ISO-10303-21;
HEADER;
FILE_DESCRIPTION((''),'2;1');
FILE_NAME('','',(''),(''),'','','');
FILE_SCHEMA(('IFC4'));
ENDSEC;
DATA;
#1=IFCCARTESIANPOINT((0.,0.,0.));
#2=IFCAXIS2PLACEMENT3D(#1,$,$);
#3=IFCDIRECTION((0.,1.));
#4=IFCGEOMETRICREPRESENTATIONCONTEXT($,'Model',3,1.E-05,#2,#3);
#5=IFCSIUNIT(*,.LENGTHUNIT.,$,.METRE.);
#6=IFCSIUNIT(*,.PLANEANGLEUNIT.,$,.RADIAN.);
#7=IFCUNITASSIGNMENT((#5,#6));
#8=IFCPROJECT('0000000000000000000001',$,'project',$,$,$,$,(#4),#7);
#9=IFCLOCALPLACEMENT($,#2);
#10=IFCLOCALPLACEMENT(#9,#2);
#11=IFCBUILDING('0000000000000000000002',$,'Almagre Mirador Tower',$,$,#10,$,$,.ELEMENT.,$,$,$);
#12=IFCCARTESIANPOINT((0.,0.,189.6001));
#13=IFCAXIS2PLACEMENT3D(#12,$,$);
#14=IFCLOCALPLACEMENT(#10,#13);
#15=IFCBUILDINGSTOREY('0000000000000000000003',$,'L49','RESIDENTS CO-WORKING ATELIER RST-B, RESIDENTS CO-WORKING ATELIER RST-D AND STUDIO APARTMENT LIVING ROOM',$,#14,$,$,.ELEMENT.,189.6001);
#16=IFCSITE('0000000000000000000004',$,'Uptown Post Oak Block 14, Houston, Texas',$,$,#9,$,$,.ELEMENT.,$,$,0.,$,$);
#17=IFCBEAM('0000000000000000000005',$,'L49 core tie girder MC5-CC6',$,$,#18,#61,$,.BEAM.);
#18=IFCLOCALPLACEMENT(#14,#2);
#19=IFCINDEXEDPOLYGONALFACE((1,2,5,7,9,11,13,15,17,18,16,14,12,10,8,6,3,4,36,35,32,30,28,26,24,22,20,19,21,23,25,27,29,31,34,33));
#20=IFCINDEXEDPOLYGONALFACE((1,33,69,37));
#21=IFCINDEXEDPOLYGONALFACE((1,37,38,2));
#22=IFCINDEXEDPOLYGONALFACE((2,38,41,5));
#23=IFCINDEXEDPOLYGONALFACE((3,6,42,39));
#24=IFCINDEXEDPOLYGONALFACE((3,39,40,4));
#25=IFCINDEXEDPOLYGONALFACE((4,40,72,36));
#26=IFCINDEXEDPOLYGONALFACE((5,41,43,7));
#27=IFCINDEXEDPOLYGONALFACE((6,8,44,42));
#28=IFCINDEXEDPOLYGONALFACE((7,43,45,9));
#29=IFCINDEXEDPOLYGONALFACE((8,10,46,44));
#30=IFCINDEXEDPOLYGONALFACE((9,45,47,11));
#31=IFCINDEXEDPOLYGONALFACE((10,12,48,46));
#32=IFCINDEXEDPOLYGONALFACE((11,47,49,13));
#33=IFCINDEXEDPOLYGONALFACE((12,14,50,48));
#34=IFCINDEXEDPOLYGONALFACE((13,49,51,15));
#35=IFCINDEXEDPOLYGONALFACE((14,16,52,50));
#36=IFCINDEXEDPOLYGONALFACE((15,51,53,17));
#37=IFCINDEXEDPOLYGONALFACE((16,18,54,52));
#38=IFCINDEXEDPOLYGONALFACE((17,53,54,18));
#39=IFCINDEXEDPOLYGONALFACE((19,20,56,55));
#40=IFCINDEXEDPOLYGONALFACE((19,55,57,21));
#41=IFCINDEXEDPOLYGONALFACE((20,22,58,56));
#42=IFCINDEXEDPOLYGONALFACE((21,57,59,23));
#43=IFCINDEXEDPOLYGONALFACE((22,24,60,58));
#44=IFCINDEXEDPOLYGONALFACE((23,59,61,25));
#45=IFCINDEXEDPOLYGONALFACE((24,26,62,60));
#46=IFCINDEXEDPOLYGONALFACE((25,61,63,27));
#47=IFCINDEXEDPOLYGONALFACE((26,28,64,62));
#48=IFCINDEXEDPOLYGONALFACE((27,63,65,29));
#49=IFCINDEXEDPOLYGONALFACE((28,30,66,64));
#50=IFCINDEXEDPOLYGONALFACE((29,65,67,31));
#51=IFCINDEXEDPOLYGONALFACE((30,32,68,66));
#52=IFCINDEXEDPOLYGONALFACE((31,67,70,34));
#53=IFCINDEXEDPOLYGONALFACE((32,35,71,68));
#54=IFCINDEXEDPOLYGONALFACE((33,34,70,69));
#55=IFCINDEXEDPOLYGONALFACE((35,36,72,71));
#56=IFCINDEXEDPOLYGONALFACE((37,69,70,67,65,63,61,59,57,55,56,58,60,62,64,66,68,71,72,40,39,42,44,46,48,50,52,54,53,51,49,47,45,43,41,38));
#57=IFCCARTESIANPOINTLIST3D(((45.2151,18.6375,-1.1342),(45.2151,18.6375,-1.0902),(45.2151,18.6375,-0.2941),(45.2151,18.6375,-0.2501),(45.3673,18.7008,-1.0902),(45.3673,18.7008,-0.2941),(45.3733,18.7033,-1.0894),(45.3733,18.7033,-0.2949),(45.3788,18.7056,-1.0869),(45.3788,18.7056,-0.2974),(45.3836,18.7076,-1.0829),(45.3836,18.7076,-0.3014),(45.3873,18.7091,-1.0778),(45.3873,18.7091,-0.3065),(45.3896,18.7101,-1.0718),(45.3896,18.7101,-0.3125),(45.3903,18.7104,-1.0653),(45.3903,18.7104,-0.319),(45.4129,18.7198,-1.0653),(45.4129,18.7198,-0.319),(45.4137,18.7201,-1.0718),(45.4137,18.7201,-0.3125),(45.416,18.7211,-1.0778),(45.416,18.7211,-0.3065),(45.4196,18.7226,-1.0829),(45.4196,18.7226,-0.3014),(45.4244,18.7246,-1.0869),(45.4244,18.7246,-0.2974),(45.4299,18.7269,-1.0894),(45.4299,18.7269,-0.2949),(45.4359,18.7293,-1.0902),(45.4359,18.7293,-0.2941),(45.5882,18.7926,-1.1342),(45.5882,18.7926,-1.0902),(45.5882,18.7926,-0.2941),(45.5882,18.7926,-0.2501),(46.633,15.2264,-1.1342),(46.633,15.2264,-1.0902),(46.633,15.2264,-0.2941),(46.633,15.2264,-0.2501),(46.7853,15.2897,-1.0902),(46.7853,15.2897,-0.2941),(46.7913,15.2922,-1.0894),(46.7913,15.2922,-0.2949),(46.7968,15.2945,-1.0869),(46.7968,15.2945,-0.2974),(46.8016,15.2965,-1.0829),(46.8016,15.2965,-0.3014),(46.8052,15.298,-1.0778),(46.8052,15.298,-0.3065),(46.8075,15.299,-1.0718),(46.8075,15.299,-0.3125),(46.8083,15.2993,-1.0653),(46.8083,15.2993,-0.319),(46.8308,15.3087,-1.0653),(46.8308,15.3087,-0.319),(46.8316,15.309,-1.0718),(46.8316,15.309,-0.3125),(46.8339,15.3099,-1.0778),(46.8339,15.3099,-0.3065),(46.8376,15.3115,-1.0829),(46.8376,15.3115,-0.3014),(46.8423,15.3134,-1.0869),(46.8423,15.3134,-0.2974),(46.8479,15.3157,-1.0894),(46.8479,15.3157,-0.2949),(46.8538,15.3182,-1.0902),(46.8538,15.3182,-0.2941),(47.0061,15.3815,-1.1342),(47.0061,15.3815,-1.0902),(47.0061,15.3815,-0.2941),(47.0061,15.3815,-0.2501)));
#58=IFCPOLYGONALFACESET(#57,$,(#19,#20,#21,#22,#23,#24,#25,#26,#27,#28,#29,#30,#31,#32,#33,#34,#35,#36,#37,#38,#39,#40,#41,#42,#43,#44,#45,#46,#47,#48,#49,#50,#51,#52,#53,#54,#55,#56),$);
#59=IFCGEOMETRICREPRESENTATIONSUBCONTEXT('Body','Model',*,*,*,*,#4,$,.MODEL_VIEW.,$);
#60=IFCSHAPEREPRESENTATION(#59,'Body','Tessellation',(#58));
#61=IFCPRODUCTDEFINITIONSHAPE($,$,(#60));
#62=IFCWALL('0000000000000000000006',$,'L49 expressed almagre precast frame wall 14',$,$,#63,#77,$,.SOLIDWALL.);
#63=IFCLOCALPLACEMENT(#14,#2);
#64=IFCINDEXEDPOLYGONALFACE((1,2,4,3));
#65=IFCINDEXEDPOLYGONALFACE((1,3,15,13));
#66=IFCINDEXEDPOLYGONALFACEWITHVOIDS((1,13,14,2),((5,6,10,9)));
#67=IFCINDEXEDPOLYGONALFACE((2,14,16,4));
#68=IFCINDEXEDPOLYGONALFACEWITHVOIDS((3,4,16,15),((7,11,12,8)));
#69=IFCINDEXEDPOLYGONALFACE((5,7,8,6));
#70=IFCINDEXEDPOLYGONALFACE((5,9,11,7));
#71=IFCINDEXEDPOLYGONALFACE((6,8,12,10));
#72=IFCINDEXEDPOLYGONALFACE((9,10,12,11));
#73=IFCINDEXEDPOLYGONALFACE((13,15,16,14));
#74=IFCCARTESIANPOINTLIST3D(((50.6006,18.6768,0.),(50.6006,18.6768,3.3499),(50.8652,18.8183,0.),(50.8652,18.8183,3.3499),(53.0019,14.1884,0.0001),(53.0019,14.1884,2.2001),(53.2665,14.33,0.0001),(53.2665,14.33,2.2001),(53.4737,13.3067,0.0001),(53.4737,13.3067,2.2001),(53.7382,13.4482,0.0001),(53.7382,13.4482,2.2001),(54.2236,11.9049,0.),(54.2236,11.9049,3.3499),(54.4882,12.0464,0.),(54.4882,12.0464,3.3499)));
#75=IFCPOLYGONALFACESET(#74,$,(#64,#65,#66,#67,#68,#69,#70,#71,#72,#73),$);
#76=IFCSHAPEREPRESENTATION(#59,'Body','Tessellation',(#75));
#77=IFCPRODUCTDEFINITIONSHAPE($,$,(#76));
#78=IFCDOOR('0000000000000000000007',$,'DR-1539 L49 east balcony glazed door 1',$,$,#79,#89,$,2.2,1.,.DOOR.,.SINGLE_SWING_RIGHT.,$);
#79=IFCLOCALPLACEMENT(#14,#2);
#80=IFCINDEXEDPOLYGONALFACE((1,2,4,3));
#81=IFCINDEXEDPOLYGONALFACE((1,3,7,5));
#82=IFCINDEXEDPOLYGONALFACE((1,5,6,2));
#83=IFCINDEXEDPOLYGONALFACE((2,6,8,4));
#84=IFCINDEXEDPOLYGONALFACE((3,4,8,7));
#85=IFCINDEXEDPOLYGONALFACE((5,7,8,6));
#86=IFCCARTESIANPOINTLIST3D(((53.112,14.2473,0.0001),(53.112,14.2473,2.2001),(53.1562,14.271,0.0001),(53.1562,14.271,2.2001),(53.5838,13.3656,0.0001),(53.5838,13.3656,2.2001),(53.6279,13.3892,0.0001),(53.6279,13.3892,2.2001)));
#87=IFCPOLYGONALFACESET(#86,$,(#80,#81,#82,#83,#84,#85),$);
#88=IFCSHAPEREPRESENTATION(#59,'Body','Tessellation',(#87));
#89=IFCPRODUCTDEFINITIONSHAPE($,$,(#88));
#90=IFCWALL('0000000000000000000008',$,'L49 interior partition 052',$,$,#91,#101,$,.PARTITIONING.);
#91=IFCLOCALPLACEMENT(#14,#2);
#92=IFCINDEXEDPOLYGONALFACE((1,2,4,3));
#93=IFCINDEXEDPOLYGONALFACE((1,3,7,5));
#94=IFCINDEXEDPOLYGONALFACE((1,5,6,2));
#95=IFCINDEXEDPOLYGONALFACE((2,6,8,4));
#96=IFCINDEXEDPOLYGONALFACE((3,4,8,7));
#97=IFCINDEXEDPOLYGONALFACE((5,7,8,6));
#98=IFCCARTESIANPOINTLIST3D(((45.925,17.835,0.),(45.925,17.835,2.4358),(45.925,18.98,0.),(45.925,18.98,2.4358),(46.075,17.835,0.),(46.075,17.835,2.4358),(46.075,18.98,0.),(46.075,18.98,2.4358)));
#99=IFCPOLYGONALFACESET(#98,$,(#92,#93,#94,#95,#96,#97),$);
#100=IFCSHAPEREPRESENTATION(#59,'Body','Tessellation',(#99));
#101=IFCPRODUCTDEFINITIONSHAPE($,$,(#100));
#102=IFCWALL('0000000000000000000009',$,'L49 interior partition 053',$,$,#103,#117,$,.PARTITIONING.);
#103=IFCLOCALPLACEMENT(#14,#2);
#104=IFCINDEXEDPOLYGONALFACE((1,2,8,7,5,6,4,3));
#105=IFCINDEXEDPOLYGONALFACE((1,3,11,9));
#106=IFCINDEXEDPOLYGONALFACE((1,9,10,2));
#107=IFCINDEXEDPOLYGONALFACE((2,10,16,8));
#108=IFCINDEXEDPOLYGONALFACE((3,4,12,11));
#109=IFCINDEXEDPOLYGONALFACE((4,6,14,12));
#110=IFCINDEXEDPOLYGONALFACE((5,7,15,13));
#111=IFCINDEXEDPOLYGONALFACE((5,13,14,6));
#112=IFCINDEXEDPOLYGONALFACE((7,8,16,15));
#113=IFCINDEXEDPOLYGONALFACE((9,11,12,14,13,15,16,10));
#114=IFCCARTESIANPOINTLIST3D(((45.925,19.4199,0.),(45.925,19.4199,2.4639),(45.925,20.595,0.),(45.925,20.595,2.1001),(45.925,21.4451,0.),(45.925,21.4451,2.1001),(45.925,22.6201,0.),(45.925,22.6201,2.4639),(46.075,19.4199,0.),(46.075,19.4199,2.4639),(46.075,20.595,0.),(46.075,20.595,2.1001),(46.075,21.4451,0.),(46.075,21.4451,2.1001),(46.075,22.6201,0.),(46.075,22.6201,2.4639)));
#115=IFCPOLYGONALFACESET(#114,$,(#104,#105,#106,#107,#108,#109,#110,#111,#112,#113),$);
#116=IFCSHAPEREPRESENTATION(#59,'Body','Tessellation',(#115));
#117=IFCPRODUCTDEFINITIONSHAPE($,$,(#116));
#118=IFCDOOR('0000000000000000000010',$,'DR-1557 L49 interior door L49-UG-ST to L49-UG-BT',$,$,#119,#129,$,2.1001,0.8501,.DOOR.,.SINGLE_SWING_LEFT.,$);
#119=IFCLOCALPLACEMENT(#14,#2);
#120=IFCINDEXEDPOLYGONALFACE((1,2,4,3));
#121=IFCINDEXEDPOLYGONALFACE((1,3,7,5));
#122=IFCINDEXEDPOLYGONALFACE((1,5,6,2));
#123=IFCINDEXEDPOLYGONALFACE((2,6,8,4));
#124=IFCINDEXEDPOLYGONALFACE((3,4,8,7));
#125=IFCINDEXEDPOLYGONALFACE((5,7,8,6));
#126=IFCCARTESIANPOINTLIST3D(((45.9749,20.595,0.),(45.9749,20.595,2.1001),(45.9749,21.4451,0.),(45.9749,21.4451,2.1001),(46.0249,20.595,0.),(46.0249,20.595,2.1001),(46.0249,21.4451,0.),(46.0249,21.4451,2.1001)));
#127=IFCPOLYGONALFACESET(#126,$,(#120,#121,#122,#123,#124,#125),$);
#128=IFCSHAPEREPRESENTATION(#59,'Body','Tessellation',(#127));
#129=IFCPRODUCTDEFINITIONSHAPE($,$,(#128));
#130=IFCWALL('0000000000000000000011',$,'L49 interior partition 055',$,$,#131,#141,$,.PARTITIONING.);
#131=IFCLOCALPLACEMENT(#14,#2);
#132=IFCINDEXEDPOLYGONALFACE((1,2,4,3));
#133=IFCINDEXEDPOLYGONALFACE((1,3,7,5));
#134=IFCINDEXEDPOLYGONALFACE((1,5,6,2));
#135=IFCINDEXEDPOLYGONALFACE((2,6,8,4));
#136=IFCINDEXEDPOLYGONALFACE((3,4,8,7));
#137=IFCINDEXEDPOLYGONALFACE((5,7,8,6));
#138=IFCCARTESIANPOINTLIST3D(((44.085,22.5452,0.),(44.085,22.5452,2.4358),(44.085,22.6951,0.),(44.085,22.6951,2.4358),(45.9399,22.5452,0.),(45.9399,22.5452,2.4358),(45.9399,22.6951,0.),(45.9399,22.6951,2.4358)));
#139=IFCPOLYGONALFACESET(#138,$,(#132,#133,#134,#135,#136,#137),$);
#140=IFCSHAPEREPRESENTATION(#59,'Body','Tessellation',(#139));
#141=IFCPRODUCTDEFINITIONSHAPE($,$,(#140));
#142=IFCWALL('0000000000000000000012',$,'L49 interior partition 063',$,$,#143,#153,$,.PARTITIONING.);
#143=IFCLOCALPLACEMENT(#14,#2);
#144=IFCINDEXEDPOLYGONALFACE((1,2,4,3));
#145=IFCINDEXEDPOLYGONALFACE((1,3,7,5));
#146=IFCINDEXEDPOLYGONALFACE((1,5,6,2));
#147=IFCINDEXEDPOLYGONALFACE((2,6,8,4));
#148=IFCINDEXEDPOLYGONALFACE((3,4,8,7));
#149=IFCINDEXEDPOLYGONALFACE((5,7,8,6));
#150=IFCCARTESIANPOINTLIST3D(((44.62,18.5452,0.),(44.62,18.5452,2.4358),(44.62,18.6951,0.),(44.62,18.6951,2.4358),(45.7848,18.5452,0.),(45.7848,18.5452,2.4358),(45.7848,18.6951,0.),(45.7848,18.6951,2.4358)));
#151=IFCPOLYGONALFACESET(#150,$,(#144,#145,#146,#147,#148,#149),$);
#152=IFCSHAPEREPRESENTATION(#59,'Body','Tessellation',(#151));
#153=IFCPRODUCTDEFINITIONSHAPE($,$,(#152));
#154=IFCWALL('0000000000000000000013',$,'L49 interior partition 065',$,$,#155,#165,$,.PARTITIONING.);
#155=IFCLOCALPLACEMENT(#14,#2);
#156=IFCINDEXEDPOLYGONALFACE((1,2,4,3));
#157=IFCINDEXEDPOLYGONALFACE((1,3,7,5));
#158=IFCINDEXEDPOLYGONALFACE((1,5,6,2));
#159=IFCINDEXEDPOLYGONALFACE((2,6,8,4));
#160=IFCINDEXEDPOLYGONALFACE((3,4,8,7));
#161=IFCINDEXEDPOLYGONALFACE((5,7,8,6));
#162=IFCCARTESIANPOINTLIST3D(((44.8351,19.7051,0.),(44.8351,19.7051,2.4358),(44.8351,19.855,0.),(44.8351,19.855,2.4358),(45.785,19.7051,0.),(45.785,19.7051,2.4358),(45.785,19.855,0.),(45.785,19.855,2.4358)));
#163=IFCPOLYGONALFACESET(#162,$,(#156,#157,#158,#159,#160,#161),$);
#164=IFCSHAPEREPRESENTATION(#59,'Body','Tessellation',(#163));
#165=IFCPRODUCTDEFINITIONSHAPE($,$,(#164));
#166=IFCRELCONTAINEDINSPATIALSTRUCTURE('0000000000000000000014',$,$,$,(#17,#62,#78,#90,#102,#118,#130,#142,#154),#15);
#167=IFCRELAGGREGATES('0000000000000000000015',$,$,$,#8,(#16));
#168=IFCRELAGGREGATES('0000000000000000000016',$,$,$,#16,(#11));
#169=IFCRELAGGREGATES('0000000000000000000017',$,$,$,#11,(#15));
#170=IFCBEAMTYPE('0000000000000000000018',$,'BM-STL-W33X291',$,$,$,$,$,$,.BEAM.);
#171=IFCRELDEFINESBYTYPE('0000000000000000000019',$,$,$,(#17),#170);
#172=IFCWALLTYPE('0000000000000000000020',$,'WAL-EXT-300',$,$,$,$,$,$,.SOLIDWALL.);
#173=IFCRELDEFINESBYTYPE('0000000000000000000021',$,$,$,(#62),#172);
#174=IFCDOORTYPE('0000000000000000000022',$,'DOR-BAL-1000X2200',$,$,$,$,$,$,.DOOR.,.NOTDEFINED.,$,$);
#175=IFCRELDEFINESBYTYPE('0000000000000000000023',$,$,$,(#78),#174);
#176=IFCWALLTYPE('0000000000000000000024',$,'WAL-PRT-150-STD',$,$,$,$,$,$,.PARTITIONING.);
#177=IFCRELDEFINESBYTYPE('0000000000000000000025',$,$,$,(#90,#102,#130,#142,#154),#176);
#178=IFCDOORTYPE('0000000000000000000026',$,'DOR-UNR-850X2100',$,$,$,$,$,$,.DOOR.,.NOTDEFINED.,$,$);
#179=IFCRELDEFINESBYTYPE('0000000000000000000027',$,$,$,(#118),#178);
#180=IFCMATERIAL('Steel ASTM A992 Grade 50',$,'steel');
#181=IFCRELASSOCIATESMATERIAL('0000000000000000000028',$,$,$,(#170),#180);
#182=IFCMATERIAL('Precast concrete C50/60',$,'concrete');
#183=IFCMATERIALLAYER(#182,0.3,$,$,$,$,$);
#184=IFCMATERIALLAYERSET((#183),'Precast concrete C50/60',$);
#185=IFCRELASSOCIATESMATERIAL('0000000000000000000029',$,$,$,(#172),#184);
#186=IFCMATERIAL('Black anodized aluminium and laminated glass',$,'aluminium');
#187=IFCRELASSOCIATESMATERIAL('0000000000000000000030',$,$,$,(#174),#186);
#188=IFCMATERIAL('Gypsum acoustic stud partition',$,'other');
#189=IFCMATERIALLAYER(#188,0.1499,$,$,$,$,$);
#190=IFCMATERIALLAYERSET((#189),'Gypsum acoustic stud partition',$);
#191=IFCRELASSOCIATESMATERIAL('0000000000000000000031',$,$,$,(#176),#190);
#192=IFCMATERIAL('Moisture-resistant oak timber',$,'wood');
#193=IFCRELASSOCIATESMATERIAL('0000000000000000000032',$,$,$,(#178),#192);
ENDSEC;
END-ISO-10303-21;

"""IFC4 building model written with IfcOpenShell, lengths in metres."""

from ifc_helpers import new_model, si_unit, direction, frame, frame_2d, origin, origin_2d, place, context, subcontext, project, spatial, rectangle, i_section, extrude, material, layer, layer_set, material_profile, profile_set, type_object, element, fill, save


model = new_model("IFC4")

# Units and contexts
model_context = context("Model", 3, precision=1e-05, world=origin(), true_north=direction((0.0, 1.0)))
body_context = subcontext(model_context, "Body", "Model", "MODEL_VIEW")
ifc_project = project(units=[si_unit("LENGTHUNIT", "METRE"), si_unit("PLANEANGLEUNIT", "RADIAN")], contexts=[model_context])

# Site, building, storey
site_placement = place(None, origin())
site = spatial("IfcSite", under=ifc_project, at=site_placement, Name="Uptown Post Oak Block 14, Houston, Texas", CompositionType="ELEMENT", RefElevation=0.0)
building_placement = place(site_placement, origin())
building = spatial("IfcBuilding", under=site, at=building_placement, Name="Almagre Mirador Tower", CompositionType="ELEMENT")
storey_placement = place(building_placement, frame((0.0, 0.0, 189.6001)))
storey = spatial("IfcBuildingStorey", under=building, at=storey_placement, Name="L49", Description="RESIDENTS CO-WORKING ATELIER RST-B, RESIDENTS CO-WORKING ATELIER RST-D AND STUDIO APARTMENT LIVING ROOM", CompositionType="ELEMENT", Elevation=189.6001)

# Beam
ifc_material_1 = material(Name="Steel ASTM A992 Grade 50", Category="steel")
ifc_material_profile_1 = material_profile(ifc_material_1, i_section(OverallWidth=0.4041, OverallDepth=0.884, WebThickness=0.0244, FlangeThickness=0.0439, FilletRadius=0.0249, at=origin_2d()), Name="W33X291")
ifc_profile_set_1 = profile_set([ifc_material_profile_1], Name="Steel ASTM A992 Grade 50")
beam_type_1 = type_object("IfcBeamType", Name="BM-STL-W33X291", PredefinedType="BEAM", material=ifc_profile_set_1)
beam_1_placement = place(storey_placement, frame((45.4016, 18.7151, -0.6921), z_axis=(0.383846, -0.923397, 0.0), x_axis=(0.923397, 0.383846, 0.0)))
element("IfcBeam", 1, at=beam_1_placement, inside=storey, type_object=beam_type_1, Name="L49 core tie girder MC5-CC6", PredefinedType="BEAM", context=body_context, shape_type="SweptSolid", body=[
    extrude(i_section(OverallWidth=0.4041, OverallDepth=0.884, WebThickness=0.0244, FlangeThickness=0.0439, FilletRadius=0.0249, at=origin_2d()), origin(), (0.0, 0.0, 1.0), 3.6941),
])

# Wall, opening, door
ifc_material_2 = material(Name="Precast concrete C50/60", Category="concrete")
ifc_layer_1 = layer(ifc_material_2, 0.3)
ifc_layer_set_1 = layer_set([ifc_layer_1], Name="Precast concrete C50/60")
wall_type_1 = type_object("IfcWallType", Name="WAL-EXT-300", PredefinedType="SOLIDWALL", material=ifc_layer_set_1)
wall_1_placement = place(storey_placement, frame((50.7329, 18.7476, 0.0), z_axis=(0.0, 0.0, 1.0), x_axis=(0.471736, -0.88174, 0.0)))
wall_1 = element("IfcWall", 2, at=wall_1_placement, inside=storey, type_object=wall_type_1, Name="L49 expressed almagre precast frame wall 14", PredefinedType="SOLIDWALL", context=body_context, shape_type="SweptSolid", body=[
    extrude(rectangle(XDim=7.6802, YDim=0.3, at=frame_2d((3.8401, 0.0))), origin(), (0.0, 0.0, 1.0), 3.3499),
])
opening_1_placement = place(wall_1_placement, frame((5.0903, 0.0, 0.0)))
opening_1 = element("IfcOpeningElement", 3, at=opening_1_placement, cuts=wall_1, PredefinedType="OPENING", context=body_context, shape_type="SweptSolid", body=[
    extrude(rectangle(XDim=1.0, YDim=2.2, at=frame_2d((0.5, 1.1001))), frame((0.0, 0.1599, 0.0), z_axis=(0.0, -1.0, 0.0), x_axis=(1.0, 0.0, 0.0)), (0.0, 0.0, 1.0), 0.32),
])
ifc_material_3 = material(Name="Black anodized aluminium and laminated glass", Category="aluminium")
door_type_1 = type_object("IfcDoorType", Name="DOR-BAL-1000X2200", OperationType="NOTDEFINED", PredefinedType="DOOR", material=ifc_material_3)
door_1_placement = place(opening_1_placement, origin())
door_1 = element("IfcDoor", 4, at=door_1_placement, inside=storey, type_object=door_type_1, Name="DR-1539 L49 east balcony glazed door 1", OperationType="SINGLE_SWING_RIGHT", OverallHeight=2.2, OverallWidth=1.0, PredefinedType="DOOR", context=body_context, shape_type="SweptSolid", body=[
    extrude(rectangle(XDim=1.0, YDim=2.2, at=frame_2d((0.5, 1.1001))), frame((0.0, 0.0249, 0.0), z_axis=(0.0, -1.0, 0.0), x_axis=(1.0, 0.0, 0.0)), (0.0, 0.0, 1.0), 0.05),
])
fill(opening_1, door_1)

# Wall
ifc_material_4 = material(Name="Gypsum acoustic stud partition", Category="other")
ifc_layer_2 = layer(ifc_material_4, 0.1499)
ifc_layer_set_2 = layer_set([ifc_layer_2], Name="Gypsum acoustic stud partition")
wall_type_2 = type_object("IfcWallType", Name="WAL-PRT-150-STD", PredefinedType="PARTITIONING", material=ifc_layer_set_2)
wall_2_placement = place(storey_placement, frame((46.0, 18.98, 0.0), z_axis=(0.0, 0.0, 1.0), x_axis=(0.0, -1.0, 0.0)))
element("IfcWall", 5, at=wall_2_placement, inside=storey, type_object=wall_type_2, Name="L49 interior partition 052", PredefinedType="PARTITIONING", context=body_context, shape_type="SweptSolid", body=[
    extrude(rectangle(XDim=1.145, YDim=0.1499, at=frame_2d((0.5725, 0.0))), origin(), (0.0, 0.0, 1.0), 2.4358),
])

# Wall, opening, door
wall_3_placement = place(storey_placement, frame((46.0, 22.6201, 0.0), z_axis=(0.0, 0.0, 1.0), x_axis=(0.0, -1.0, 0.0)))
wall_3 = element("IfcWall", 6, at=wall_3_placement, inside=storey, type_object=wall_type_2, Name="L49 interior partition 053", PredefinedType="PARTITIONING", context=body_context, shape_type="SweptSolid", body=[
    extrude(rectangle(XDim=3.2002, YDim=0.1499, at=frame_2d((1.6001, 0.0))), origin(), (0.0, 0.0, 1.0), 2.4639),
])
opening_2_placement = place(wall_3_placement, frame((1.175, 0.0, 0.0)))
opening_2 = element("IfcOpeningElement", 7, at=opening_2_placement, cuts=wall_3, PredefinedType="OPENING", context=body_context, shape_type="SweptSolid", body=[
    extrude(rectangle(XDim=0.8501, YDim=2.1001, at=frame_2d((0.425, 1.05))), frame((0.0, 0.085, 0.0), z_axis=(0.0, -1.0, 0.0), x_axis=(1.0, 0.0, 0.0)), (0.0, 0.0, 1.0), 0.1699),
])
ifc_material_5 = material(Name="Moisture-resistant oak timber", Category="wood")
door_type_2 = type_object("IfcDoorType", Name="DOR-UNR-850X2100", OperationType="NOTDEFINED", PredefinedType="DOOR", material=ifc_material_5)
door_2_placement = place(opening_2_placement, origin())
door_2 = element("IfcDoor", 8, at=door_2_placement, inside=storey, type_object=door_type_2, Name="DR-1557 L49 interior door L49-UG-ST to L49-UG-BT", OperationType="SINGLE_SWING_LEFT", OverallHeight=2.1001, OverallWidth=0.8501, PredefinedType="DOOR", context=body_context, shape_type="SweptSolid", body=[
    extrude(rectangle(XDim=0.8501, YDim=2.1001, at=frame_2d((0.425, 1.05))), frame((0.0, 0.0249, 0.0), z_axis=(0.0, -1.0, 0.0), x_axis=(1.0, 0.0, 0.0)), (0.0, 0.0, 1.0), 0.05),
])
fill(opening_2, door_2)

# Walls
wall_4_placement = place(storey_placement, frame((45.9399, 22.6201, 0.0), z_axis=(0.0, 0.0, 1.0), x_axis=(-1.0, 0.0, 0.0)))
element("IfcWall", 9, at=wall_4_placement, inside=storey, type_object=wall_type_2, Name="L49 interior partition 055", PredefinedType="PARTITIONING", context=body_context, shape_type="SweptSolid", body=[
    extrude(rectangle(XDim=1.855, YDim=0.1499, at=frame_2d((0.9275, 0.0))), origin(), (0.0, 0.0, 1.0), 2.4358),
])
wall_5_placement = place(storey_placement, frame((45.7849, 18.6201, 0.0), z_axis=(0.0, 0.0, 1.0), x_axis=(-1.0, 0.0, 0.0)))
element("IfcWall", 10, at=wall_5_placement, inside=storey, type_object=wall_type_2, Name="L49 interior partition 063", PredefinedType="PARTITIONING", context=body_context, shape_type="SweptSolid", body=[
    extrude(rectangle(XDim=1.1648, YDim=0.1499, at=frame_2d((0.5825, 0.0))), origin(), (0.0, 0.0, 1.0), 2.4358),
])
wall_6_placement = place(storey_placement, frame((44.835, 19.78, 0.0), z_axis=(0.0, 0.0, 1.0), x_axis=(1.0, 0.0, 0.0)))
element("IfcWall", 11, at=wall_6_placement, inside=storey, type_object=wall_type_2, Name="L49 interior partition 065", PredefinedType="PARTITIONING", context=body_context, shape_type="SweptSolid", body=[
    extrude(rectangle(XDim=0.95, YDim=0.1499, at=frame_2d((0.4751, 0.0))), origin(), (0.0, 0.0, 1.0), 2.4358),
])

save(model, "model.ifc")
